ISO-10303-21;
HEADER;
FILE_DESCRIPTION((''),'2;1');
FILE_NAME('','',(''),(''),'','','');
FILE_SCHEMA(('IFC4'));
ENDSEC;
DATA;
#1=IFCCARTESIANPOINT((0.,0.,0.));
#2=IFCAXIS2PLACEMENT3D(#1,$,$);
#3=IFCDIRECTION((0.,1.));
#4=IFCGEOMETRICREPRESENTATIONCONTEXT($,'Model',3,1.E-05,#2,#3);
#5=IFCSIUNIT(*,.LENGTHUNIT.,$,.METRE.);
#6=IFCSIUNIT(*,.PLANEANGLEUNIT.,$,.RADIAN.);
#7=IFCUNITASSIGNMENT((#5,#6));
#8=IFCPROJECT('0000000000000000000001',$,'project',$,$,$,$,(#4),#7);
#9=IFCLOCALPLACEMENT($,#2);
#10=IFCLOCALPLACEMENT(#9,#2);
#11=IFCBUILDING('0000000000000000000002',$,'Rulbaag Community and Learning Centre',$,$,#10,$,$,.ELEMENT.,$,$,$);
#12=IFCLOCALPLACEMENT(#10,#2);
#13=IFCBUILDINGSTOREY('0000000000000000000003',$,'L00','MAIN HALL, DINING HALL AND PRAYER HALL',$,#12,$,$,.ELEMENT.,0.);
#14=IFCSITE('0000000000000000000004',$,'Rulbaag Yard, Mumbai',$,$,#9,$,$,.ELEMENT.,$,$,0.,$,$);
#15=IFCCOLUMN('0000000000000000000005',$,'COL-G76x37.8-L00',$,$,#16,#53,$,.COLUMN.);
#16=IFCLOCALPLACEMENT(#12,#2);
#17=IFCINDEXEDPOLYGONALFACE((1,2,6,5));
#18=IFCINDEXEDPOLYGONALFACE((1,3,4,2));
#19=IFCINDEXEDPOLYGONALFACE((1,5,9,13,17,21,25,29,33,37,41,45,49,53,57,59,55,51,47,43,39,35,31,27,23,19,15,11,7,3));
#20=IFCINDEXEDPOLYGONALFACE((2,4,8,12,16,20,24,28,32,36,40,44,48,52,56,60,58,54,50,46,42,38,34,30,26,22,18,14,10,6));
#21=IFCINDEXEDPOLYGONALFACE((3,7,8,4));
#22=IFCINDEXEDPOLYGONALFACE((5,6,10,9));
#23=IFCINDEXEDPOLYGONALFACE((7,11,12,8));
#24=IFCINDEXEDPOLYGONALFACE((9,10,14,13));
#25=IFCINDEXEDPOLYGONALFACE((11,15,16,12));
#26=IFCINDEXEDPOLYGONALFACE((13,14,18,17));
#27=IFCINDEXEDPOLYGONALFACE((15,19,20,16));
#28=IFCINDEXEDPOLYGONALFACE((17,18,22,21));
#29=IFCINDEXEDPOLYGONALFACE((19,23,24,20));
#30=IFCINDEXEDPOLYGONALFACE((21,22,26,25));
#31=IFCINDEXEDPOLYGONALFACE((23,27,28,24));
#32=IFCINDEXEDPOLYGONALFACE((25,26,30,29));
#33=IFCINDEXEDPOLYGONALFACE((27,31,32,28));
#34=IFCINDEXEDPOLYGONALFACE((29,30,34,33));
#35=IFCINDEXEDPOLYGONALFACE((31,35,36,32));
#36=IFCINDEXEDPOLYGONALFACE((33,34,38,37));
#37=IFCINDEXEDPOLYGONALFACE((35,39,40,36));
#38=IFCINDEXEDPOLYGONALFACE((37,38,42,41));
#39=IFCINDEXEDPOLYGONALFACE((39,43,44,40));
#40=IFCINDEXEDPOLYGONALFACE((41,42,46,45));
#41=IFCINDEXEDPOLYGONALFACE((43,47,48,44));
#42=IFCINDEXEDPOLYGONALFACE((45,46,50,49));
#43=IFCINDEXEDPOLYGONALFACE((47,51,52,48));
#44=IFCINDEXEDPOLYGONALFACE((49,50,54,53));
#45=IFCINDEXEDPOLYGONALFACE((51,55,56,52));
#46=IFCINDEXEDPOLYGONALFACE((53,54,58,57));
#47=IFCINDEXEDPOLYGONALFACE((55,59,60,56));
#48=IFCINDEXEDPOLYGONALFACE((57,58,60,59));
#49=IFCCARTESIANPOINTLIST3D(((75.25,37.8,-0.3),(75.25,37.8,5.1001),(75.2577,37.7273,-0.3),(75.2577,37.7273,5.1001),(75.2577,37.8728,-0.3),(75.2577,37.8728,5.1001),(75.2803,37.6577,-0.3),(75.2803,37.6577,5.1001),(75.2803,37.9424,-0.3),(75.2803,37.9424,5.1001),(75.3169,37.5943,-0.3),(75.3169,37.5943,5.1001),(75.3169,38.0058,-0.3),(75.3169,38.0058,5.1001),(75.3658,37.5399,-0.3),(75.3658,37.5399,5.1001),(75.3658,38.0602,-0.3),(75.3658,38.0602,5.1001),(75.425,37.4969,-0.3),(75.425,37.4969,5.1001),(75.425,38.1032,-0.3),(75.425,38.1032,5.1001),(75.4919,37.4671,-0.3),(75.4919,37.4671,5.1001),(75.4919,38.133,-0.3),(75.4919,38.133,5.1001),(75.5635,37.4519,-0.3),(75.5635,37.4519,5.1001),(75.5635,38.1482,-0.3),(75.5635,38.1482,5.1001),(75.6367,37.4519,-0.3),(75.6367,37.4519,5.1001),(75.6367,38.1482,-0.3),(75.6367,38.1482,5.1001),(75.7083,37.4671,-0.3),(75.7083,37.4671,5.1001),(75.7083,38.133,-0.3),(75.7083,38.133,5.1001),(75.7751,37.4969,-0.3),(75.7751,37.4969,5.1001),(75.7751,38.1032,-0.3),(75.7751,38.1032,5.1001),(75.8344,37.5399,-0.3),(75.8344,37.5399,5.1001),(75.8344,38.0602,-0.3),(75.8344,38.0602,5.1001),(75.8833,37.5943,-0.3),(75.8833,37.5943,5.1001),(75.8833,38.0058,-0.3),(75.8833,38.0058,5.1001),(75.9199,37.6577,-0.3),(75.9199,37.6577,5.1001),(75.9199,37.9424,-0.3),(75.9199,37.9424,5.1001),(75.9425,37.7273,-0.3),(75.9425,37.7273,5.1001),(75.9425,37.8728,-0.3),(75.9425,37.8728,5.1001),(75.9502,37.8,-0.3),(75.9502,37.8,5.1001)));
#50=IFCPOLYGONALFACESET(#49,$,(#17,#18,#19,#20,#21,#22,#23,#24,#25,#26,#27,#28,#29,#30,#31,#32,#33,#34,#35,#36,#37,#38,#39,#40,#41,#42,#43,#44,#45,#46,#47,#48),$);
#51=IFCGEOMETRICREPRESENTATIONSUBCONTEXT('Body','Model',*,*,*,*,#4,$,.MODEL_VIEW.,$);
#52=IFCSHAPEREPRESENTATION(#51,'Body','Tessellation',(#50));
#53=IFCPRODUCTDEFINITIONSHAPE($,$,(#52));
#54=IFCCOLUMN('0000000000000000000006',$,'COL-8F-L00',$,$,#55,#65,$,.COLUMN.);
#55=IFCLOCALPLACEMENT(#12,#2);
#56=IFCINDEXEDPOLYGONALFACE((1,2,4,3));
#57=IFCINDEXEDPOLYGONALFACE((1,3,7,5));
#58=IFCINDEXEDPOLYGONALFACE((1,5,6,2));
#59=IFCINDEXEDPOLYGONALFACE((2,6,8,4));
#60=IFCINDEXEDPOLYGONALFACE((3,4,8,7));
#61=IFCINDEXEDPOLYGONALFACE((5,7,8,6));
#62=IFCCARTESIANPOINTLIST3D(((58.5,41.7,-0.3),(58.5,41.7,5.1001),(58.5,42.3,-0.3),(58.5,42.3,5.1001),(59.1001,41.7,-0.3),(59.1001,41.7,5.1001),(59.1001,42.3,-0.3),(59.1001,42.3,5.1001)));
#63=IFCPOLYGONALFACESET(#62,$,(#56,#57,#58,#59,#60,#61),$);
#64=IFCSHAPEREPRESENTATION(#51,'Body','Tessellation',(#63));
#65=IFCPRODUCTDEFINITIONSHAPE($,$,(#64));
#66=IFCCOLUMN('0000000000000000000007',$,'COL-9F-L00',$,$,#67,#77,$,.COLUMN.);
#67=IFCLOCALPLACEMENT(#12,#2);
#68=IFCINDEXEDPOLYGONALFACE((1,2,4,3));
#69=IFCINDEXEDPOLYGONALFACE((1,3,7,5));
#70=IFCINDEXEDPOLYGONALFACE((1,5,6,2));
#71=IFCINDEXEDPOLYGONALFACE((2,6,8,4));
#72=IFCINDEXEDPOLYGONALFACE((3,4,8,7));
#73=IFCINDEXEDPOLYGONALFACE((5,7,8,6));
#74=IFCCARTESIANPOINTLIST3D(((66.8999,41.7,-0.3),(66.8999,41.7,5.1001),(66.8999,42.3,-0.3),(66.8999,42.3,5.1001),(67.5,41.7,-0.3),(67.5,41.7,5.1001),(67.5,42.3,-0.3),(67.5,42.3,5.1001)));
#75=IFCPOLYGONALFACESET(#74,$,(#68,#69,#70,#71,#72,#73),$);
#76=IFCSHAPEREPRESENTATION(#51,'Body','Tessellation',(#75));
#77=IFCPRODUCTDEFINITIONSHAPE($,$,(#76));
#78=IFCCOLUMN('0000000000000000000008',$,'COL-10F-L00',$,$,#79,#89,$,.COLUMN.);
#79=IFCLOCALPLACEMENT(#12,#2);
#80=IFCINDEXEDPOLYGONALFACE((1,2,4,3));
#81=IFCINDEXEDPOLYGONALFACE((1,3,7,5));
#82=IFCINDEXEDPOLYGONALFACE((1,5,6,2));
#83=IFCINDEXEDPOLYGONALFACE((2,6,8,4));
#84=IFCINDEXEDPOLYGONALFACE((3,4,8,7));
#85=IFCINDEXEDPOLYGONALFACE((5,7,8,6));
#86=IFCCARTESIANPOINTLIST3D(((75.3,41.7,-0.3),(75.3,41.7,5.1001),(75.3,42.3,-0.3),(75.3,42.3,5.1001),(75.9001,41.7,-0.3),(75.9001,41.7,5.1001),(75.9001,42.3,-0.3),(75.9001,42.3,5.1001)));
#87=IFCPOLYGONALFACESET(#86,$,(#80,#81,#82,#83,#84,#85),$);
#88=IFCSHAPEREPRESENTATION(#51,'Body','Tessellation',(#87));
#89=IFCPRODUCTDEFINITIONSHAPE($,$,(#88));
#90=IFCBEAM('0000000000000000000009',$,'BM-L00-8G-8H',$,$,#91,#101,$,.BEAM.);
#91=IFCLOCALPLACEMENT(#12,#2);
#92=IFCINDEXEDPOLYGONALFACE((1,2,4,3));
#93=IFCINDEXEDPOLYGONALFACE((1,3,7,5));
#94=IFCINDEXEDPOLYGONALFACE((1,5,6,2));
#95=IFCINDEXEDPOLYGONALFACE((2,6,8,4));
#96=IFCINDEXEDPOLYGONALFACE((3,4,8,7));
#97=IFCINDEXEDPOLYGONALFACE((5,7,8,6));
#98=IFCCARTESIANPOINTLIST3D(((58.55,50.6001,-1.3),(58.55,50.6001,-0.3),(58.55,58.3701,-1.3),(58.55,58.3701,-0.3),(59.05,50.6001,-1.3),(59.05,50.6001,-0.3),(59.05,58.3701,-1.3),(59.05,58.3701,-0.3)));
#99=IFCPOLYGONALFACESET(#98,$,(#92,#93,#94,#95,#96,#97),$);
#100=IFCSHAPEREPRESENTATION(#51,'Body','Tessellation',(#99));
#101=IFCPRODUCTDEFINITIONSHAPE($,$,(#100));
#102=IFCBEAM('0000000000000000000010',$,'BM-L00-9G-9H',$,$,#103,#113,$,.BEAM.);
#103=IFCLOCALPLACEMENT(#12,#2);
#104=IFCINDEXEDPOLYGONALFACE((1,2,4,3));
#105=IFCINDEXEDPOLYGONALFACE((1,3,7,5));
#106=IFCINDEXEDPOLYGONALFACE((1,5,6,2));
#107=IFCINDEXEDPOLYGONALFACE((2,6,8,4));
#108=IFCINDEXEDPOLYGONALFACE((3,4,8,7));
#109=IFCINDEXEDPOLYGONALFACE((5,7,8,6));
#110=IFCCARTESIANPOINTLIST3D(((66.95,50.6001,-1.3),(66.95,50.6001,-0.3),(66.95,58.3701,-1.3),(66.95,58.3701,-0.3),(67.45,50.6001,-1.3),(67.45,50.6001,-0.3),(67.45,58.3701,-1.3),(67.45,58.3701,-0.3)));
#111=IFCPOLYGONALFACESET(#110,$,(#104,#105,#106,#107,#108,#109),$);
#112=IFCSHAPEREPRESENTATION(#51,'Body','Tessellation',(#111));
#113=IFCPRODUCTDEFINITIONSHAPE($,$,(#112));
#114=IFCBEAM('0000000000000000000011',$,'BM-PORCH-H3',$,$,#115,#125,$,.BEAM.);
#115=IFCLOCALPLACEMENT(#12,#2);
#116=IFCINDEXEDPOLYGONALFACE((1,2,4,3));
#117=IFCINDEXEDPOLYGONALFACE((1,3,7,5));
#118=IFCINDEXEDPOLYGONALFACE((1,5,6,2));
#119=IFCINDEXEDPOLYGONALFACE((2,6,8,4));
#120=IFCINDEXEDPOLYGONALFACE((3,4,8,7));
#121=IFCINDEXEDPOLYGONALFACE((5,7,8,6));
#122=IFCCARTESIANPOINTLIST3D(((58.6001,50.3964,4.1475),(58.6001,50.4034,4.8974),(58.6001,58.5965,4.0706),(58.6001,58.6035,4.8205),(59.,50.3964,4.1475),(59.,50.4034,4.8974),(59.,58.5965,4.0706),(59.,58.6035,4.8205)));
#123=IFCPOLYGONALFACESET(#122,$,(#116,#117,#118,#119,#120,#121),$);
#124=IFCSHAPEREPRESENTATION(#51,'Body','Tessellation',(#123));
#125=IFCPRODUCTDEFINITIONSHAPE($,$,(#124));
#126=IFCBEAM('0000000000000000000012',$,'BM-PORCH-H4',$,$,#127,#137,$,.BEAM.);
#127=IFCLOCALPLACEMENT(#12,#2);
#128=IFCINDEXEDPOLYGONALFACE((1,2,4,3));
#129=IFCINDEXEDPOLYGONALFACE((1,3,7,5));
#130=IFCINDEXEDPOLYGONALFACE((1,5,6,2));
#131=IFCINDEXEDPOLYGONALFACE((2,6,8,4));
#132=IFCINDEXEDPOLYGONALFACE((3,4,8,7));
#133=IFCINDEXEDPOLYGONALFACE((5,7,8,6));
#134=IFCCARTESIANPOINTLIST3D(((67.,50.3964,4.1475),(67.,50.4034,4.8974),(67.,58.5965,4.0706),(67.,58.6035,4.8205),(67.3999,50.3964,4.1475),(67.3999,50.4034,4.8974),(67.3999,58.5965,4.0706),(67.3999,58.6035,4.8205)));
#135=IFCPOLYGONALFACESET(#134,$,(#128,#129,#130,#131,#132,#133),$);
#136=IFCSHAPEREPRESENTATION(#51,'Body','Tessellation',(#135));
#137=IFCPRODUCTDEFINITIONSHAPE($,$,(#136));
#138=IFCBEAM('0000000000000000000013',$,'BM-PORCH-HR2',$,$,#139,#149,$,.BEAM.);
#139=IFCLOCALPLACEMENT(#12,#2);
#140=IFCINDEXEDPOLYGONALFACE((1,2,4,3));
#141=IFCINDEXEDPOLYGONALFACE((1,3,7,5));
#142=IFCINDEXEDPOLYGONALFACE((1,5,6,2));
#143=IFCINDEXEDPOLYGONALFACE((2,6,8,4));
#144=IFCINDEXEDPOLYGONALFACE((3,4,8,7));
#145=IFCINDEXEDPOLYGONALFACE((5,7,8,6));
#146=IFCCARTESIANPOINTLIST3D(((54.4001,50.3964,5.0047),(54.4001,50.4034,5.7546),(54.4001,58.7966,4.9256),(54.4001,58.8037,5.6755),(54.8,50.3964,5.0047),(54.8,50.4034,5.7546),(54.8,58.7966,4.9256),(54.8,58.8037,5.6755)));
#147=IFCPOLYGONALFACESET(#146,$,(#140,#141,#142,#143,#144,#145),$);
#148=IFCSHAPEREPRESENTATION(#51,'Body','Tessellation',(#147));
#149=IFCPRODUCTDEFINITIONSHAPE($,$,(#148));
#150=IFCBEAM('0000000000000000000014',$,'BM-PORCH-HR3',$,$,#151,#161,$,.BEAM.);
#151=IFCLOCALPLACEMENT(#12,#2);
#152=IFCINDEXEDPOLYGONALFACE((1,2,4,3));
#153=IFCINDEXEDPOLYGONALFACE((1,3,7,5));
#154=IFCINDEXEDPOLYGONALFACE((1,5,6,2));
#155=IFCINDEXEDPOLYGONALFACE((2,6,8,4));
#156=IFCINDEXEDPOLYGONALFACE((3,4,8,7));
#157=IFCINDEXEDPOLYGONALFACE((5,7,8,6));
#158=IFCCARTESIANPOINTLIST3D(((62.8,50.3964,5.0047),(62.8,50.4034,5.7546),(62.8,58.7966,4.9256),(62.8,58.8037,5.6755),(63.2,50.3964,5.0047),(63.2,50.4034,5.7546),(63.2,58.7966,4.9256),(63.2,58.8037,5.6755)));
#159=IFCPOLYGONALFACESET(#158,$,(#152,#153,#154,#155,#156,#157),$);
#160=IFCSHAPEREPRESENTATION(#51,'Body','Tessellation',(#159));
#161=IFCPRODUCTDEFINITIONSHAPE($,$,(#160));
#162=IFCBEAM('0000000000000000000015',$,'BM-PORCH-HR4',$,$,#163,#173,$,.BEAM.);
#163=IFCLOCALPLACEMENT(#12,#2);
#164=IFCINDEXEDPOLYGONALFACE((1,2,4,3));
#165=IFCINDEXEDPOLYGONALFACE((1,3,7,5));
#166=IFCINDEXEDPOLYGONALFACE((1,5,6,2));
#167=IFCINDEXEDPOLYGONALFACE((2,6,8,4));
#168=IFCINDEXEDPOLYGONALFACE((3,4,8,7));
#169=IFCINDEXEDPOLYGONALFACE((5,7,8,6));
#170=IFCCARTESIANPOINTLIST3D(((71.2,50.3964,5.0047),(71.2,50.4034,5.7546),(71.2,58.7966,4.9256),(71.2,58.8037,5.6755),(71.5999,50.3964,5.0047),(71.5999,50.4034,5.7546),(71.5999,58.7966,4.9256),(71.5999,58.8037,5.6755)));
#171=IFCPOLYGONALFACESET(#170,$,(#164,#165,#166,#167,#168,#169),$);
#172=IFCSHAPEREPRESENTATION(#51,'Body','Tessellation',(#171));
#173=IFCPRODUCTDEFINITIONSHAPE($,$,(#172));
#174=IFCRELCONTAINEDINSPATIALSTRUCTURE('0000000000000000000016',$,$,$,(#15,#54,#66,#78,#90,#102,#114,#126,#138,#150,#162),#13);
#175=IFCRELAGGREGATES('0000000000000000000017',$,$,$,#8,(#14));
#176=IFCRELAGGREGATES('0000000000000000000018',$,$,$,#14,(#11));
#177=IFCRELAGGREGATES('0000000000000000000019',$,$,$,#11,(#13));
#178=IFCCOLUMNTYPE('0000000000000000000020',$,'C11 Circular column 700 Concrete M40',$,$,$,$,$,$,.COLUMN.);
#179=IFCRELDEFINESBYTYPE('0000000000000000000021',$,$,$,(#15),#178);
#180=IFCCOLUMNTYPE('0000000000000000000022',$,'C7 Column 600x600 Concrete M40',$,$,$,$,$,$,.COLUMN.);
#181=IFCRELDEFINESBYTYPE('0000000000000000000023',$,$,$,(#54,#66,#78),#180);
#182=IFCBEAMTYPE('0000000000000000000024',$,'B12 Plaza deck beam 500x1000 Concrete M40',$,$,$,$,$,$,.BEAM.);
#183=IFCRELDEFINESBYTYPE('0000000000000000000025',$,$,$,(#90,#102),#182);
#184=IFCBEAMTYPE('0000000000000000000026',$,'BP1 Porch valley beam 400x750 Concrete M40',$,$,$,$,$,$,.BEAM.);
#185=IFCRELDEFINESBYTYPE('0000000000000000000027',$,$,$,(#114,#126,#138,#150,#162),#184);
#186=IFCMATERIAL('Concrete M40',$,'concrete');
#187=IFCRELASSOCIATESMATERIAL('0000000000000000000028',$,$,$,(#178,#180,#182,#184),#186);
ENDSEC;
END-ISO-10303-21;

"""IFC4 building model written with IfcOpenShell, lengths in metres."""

from ifc_helpers import new_model, si_unit, direction, frame, origin, origin_2d, place, context, subcontext, project, spatial, rectangle, circle, extrude, material, material_profile, profile_set, type_object, element, save


model = new_model("IFC4")

# Units and contexts
model_context = context("Model", 3, precision=1e-05, world=origin(), true_north=direction((0.0, 1.0)))
body_context = subcontext(model_context, "Body", "Model", "MODEL_VIEW")
ifc_project = project(units=[si_unit("LENGTHUNIT", "METRE"), si_unit("PLANEANGLEUNIT", "RADIAN")], contexts=[model_context])

# Site, building, storey
site_placement = place(None, origin())
site = spatial("IfcSite", under=ifc_project, at=site_placement, Name="Rulbaag Yard, Mumbai", CompositionType="ELEMENT", RefElevation=0.0)
building_placement = place(site_placement, origin())
building = spatial("IfcBuilding", under=site, at=building_placement, Name="Rulbaag Community and Learning Centre", CompositionType="ELEMENT")
storey_placement = place(building_placement, origin())
storey = spatial("IfcBuildingStorey", under=building, at=storey_placement, Name="L00", Description="MAIN HALL, DINING HALL AND PRAYER HALL", CompositionType="ELEMENT", Elevation=0.0)

# Columns
ifc_material_1 = material(Name="Concrete M40", Category="concrete")
ifc_material_profile_1 = material_profile(ifc_material_1, circle(Radius=0.3501, at=origin_2d()), Name="RD700")
ifc_profile_set_1 = profile_set([ifc_material_profile_1], Name="Concrete M40")
column_type_1 = type_object("IfcColumnType", Name="C11 Circular column 700 Concrete M40", PredefinedType="COLUMN", material=ifc_profile_set_1)
for number, where, z_axis, x_axis, name in (
    (1, (75.6001, 37.8, -0.3), (0.0, 0.0, 1.0), (1.0, 0.0, 0.0), "COL-G76x37.8-L00"),
):
    element("IfcColumn", number, at=place(storey_placement, frame(where, z_axis=z_axis, x_axis=x_axis)), inside=storey, type_object=column_type_1, Name=name, PredefinedType="COLUMN", context=body_context, shape_type="SweptSolid", body=[
        extrude(circle(Radius=0.3501, at=origin_2d()), origin(), (0.0, 0.0, 1.0), 5.4001),
    ])
ifc_material_profile_2 = material_profile(ifc_material_1, rectangle(XDim=0.6001, YDim=0.6001, at=origin_2d()), Name="RC600x600")
ifc_profile_set_2 = profile_set([ifc_material_profile_2], Name="Concrete M40")
column_type_2 = type_object("IfcColumnType", Name="C7 Column 600x600 Concrete M40", PredefinedType="COLUMN", material=ifc_profile_set_2)
for number, where, z_axis, x_axis, name in (
    (2, (58.8, 42.0, -0.3), (0.0, 0.0, 1.0), (1.0, 0.0, 0.0), "COL-8F-L00"),
    (3, (67.2, 42.0, -0.3), (0.0, 0.0, 1.0), (1.0, 0.0, 0.0), "COL-9F-L00"),
    (4, (75.6001, 42.0, -0.3), (0.0, 0.0, 1.0), (1.0, 0.0, 0.0), "COL-10F-L00"),
):
    element("IfcColumn", number, at=place(storey_placement, frame(where, z_axis=z_axis, x_axis=x_axis)), inside=storey, type_object=column_type_2, Name=name, PredefinedType="COLUMN", context=body_context, shape_type="SweptSolid", body=[
        extrude(rectangle(XDim=0.6001, YDim=0.6001, at=origin_2d()), origin(), (0.0, 0.0, 1.0), 5.4001),
    ])

# Beams
ifc_material_profile_3 = material_profile(ifc_material_1, rectangle(XDim=0.5, YDim=1.0, at=origin_2d()), Name="RB500x1000")
ifc_profile_set_3 = profile_set([ifc_material_profile_3], Name="Concrete M40")
beam_type_1 = type_object("IfcBeamType", Name="B12 Plaza deck beam 500x1000 Concrete M40", PredefinedType="BEAM", material=ifc_profile_set_3)
for number, where, z_axis, x_axis, name in (
    (5, (58.8, 50.6001, -0.8), (0.0, 1.0, 0.0), (-1.0, 0.0, 0.0), "BM-L00-8G-8H"),
    (6, (67.2, 50.6001, -0.8), (0.0, 1.0, 0.0), (-1.0, 0.0, 0.0), "BM-L00-9G-9H"),
):
    element("IfcBeam", number, at=place(storey_placement, frame(where, z_axis=z_axis, x_axis=x_axis)), inside=storey, type_object=beam_type_1, Name=name, PredefinedType="BEAM", context=body_context, shape_type="SweptSolid", body=[
        extrude(rectangle(XDim=0.5, YDim=1.0, at=origin_2d()), origin(), (0.0, 0.0, 1.0), 7.77),
    ])
ifc_material_profile_4 = material_profile(ifc_material_1, rectangle(XDim=0.3999, YDim=0.75, at=origin_2d()), Name="RB400x750")
ifc_profile_set_4 = profile_set([ifc_material_profile_4], Name="Concrete M40")
beam_type_2 = type_object("IfcBeamType", Name="BP1 Porch valley beam 400x750 Concrete M40", PredefinedType="BEAM", material=ifc_profile_set_4)
for number, where, z_axis, x_axis, name in (
    (7, (58.8, 50.3999, 4.5225), (0.0, 0.999956, -0.009378), (-1.0, 0.0, 0.0), "BM-PORCH-H3"),
    (8, (67.2, 50.3999, 4.5225), (0.0, 0.999956, -0.009378), (-1.0, 0.0, 0.0), "BM-PORCH-H4"),
):
    element("IfcBeam", number, at=place(storey_placement, frame(where, z_axis=z_axis, x_axis=x_axis)), inside=storey, type_object=beam_type_2, Name=name, PredefinedType="BEAM", context=body_context, shape_type="SweptSolid", body=[
        extrude(rectangle(XDim=0.3999, YDim=0.75, at=origin_2d()), origin(), (0.0, 0.0, 1.0), 8.2004),
    ])
for number, where, z_axis, x_axis, name in (
    (9, (54.6001, 50.3999, 5.3796), (0.0, 0.999956, -0.009416), (-1.0, 0.0, 0.0), "BM-PORCH-HR2"),
    (10, (63.0, 50.3999, 5.3796), (0.0, 0.999956, -0.009416), (-1.0, 0.0, 0.0), "BM-PORCH-HR3"),
    (11, (71.3999, 50.3999, 5.3796), (0.0, 0.999956, -0.009416), (-1.0, 0.0, 0.0), "BM-PORCH-HR4"),
):
    element("IfcBeam", number, at=place(storey_placement, frame(where, z_axis=z_axis, x_axis=x_axis)), inside=storey, type_object=beam_type_2, Name=name, PredefinedType="BEAM", context=body_context, shape_type="SweptSolid", body=[
        extrude(rectangle(XDim=0.3999, YDim=0.75, at=origin_2d()), origin(), (0.0, 0.0, 1.0), 8.4006),
    ])

save(model, "model.ifc")
